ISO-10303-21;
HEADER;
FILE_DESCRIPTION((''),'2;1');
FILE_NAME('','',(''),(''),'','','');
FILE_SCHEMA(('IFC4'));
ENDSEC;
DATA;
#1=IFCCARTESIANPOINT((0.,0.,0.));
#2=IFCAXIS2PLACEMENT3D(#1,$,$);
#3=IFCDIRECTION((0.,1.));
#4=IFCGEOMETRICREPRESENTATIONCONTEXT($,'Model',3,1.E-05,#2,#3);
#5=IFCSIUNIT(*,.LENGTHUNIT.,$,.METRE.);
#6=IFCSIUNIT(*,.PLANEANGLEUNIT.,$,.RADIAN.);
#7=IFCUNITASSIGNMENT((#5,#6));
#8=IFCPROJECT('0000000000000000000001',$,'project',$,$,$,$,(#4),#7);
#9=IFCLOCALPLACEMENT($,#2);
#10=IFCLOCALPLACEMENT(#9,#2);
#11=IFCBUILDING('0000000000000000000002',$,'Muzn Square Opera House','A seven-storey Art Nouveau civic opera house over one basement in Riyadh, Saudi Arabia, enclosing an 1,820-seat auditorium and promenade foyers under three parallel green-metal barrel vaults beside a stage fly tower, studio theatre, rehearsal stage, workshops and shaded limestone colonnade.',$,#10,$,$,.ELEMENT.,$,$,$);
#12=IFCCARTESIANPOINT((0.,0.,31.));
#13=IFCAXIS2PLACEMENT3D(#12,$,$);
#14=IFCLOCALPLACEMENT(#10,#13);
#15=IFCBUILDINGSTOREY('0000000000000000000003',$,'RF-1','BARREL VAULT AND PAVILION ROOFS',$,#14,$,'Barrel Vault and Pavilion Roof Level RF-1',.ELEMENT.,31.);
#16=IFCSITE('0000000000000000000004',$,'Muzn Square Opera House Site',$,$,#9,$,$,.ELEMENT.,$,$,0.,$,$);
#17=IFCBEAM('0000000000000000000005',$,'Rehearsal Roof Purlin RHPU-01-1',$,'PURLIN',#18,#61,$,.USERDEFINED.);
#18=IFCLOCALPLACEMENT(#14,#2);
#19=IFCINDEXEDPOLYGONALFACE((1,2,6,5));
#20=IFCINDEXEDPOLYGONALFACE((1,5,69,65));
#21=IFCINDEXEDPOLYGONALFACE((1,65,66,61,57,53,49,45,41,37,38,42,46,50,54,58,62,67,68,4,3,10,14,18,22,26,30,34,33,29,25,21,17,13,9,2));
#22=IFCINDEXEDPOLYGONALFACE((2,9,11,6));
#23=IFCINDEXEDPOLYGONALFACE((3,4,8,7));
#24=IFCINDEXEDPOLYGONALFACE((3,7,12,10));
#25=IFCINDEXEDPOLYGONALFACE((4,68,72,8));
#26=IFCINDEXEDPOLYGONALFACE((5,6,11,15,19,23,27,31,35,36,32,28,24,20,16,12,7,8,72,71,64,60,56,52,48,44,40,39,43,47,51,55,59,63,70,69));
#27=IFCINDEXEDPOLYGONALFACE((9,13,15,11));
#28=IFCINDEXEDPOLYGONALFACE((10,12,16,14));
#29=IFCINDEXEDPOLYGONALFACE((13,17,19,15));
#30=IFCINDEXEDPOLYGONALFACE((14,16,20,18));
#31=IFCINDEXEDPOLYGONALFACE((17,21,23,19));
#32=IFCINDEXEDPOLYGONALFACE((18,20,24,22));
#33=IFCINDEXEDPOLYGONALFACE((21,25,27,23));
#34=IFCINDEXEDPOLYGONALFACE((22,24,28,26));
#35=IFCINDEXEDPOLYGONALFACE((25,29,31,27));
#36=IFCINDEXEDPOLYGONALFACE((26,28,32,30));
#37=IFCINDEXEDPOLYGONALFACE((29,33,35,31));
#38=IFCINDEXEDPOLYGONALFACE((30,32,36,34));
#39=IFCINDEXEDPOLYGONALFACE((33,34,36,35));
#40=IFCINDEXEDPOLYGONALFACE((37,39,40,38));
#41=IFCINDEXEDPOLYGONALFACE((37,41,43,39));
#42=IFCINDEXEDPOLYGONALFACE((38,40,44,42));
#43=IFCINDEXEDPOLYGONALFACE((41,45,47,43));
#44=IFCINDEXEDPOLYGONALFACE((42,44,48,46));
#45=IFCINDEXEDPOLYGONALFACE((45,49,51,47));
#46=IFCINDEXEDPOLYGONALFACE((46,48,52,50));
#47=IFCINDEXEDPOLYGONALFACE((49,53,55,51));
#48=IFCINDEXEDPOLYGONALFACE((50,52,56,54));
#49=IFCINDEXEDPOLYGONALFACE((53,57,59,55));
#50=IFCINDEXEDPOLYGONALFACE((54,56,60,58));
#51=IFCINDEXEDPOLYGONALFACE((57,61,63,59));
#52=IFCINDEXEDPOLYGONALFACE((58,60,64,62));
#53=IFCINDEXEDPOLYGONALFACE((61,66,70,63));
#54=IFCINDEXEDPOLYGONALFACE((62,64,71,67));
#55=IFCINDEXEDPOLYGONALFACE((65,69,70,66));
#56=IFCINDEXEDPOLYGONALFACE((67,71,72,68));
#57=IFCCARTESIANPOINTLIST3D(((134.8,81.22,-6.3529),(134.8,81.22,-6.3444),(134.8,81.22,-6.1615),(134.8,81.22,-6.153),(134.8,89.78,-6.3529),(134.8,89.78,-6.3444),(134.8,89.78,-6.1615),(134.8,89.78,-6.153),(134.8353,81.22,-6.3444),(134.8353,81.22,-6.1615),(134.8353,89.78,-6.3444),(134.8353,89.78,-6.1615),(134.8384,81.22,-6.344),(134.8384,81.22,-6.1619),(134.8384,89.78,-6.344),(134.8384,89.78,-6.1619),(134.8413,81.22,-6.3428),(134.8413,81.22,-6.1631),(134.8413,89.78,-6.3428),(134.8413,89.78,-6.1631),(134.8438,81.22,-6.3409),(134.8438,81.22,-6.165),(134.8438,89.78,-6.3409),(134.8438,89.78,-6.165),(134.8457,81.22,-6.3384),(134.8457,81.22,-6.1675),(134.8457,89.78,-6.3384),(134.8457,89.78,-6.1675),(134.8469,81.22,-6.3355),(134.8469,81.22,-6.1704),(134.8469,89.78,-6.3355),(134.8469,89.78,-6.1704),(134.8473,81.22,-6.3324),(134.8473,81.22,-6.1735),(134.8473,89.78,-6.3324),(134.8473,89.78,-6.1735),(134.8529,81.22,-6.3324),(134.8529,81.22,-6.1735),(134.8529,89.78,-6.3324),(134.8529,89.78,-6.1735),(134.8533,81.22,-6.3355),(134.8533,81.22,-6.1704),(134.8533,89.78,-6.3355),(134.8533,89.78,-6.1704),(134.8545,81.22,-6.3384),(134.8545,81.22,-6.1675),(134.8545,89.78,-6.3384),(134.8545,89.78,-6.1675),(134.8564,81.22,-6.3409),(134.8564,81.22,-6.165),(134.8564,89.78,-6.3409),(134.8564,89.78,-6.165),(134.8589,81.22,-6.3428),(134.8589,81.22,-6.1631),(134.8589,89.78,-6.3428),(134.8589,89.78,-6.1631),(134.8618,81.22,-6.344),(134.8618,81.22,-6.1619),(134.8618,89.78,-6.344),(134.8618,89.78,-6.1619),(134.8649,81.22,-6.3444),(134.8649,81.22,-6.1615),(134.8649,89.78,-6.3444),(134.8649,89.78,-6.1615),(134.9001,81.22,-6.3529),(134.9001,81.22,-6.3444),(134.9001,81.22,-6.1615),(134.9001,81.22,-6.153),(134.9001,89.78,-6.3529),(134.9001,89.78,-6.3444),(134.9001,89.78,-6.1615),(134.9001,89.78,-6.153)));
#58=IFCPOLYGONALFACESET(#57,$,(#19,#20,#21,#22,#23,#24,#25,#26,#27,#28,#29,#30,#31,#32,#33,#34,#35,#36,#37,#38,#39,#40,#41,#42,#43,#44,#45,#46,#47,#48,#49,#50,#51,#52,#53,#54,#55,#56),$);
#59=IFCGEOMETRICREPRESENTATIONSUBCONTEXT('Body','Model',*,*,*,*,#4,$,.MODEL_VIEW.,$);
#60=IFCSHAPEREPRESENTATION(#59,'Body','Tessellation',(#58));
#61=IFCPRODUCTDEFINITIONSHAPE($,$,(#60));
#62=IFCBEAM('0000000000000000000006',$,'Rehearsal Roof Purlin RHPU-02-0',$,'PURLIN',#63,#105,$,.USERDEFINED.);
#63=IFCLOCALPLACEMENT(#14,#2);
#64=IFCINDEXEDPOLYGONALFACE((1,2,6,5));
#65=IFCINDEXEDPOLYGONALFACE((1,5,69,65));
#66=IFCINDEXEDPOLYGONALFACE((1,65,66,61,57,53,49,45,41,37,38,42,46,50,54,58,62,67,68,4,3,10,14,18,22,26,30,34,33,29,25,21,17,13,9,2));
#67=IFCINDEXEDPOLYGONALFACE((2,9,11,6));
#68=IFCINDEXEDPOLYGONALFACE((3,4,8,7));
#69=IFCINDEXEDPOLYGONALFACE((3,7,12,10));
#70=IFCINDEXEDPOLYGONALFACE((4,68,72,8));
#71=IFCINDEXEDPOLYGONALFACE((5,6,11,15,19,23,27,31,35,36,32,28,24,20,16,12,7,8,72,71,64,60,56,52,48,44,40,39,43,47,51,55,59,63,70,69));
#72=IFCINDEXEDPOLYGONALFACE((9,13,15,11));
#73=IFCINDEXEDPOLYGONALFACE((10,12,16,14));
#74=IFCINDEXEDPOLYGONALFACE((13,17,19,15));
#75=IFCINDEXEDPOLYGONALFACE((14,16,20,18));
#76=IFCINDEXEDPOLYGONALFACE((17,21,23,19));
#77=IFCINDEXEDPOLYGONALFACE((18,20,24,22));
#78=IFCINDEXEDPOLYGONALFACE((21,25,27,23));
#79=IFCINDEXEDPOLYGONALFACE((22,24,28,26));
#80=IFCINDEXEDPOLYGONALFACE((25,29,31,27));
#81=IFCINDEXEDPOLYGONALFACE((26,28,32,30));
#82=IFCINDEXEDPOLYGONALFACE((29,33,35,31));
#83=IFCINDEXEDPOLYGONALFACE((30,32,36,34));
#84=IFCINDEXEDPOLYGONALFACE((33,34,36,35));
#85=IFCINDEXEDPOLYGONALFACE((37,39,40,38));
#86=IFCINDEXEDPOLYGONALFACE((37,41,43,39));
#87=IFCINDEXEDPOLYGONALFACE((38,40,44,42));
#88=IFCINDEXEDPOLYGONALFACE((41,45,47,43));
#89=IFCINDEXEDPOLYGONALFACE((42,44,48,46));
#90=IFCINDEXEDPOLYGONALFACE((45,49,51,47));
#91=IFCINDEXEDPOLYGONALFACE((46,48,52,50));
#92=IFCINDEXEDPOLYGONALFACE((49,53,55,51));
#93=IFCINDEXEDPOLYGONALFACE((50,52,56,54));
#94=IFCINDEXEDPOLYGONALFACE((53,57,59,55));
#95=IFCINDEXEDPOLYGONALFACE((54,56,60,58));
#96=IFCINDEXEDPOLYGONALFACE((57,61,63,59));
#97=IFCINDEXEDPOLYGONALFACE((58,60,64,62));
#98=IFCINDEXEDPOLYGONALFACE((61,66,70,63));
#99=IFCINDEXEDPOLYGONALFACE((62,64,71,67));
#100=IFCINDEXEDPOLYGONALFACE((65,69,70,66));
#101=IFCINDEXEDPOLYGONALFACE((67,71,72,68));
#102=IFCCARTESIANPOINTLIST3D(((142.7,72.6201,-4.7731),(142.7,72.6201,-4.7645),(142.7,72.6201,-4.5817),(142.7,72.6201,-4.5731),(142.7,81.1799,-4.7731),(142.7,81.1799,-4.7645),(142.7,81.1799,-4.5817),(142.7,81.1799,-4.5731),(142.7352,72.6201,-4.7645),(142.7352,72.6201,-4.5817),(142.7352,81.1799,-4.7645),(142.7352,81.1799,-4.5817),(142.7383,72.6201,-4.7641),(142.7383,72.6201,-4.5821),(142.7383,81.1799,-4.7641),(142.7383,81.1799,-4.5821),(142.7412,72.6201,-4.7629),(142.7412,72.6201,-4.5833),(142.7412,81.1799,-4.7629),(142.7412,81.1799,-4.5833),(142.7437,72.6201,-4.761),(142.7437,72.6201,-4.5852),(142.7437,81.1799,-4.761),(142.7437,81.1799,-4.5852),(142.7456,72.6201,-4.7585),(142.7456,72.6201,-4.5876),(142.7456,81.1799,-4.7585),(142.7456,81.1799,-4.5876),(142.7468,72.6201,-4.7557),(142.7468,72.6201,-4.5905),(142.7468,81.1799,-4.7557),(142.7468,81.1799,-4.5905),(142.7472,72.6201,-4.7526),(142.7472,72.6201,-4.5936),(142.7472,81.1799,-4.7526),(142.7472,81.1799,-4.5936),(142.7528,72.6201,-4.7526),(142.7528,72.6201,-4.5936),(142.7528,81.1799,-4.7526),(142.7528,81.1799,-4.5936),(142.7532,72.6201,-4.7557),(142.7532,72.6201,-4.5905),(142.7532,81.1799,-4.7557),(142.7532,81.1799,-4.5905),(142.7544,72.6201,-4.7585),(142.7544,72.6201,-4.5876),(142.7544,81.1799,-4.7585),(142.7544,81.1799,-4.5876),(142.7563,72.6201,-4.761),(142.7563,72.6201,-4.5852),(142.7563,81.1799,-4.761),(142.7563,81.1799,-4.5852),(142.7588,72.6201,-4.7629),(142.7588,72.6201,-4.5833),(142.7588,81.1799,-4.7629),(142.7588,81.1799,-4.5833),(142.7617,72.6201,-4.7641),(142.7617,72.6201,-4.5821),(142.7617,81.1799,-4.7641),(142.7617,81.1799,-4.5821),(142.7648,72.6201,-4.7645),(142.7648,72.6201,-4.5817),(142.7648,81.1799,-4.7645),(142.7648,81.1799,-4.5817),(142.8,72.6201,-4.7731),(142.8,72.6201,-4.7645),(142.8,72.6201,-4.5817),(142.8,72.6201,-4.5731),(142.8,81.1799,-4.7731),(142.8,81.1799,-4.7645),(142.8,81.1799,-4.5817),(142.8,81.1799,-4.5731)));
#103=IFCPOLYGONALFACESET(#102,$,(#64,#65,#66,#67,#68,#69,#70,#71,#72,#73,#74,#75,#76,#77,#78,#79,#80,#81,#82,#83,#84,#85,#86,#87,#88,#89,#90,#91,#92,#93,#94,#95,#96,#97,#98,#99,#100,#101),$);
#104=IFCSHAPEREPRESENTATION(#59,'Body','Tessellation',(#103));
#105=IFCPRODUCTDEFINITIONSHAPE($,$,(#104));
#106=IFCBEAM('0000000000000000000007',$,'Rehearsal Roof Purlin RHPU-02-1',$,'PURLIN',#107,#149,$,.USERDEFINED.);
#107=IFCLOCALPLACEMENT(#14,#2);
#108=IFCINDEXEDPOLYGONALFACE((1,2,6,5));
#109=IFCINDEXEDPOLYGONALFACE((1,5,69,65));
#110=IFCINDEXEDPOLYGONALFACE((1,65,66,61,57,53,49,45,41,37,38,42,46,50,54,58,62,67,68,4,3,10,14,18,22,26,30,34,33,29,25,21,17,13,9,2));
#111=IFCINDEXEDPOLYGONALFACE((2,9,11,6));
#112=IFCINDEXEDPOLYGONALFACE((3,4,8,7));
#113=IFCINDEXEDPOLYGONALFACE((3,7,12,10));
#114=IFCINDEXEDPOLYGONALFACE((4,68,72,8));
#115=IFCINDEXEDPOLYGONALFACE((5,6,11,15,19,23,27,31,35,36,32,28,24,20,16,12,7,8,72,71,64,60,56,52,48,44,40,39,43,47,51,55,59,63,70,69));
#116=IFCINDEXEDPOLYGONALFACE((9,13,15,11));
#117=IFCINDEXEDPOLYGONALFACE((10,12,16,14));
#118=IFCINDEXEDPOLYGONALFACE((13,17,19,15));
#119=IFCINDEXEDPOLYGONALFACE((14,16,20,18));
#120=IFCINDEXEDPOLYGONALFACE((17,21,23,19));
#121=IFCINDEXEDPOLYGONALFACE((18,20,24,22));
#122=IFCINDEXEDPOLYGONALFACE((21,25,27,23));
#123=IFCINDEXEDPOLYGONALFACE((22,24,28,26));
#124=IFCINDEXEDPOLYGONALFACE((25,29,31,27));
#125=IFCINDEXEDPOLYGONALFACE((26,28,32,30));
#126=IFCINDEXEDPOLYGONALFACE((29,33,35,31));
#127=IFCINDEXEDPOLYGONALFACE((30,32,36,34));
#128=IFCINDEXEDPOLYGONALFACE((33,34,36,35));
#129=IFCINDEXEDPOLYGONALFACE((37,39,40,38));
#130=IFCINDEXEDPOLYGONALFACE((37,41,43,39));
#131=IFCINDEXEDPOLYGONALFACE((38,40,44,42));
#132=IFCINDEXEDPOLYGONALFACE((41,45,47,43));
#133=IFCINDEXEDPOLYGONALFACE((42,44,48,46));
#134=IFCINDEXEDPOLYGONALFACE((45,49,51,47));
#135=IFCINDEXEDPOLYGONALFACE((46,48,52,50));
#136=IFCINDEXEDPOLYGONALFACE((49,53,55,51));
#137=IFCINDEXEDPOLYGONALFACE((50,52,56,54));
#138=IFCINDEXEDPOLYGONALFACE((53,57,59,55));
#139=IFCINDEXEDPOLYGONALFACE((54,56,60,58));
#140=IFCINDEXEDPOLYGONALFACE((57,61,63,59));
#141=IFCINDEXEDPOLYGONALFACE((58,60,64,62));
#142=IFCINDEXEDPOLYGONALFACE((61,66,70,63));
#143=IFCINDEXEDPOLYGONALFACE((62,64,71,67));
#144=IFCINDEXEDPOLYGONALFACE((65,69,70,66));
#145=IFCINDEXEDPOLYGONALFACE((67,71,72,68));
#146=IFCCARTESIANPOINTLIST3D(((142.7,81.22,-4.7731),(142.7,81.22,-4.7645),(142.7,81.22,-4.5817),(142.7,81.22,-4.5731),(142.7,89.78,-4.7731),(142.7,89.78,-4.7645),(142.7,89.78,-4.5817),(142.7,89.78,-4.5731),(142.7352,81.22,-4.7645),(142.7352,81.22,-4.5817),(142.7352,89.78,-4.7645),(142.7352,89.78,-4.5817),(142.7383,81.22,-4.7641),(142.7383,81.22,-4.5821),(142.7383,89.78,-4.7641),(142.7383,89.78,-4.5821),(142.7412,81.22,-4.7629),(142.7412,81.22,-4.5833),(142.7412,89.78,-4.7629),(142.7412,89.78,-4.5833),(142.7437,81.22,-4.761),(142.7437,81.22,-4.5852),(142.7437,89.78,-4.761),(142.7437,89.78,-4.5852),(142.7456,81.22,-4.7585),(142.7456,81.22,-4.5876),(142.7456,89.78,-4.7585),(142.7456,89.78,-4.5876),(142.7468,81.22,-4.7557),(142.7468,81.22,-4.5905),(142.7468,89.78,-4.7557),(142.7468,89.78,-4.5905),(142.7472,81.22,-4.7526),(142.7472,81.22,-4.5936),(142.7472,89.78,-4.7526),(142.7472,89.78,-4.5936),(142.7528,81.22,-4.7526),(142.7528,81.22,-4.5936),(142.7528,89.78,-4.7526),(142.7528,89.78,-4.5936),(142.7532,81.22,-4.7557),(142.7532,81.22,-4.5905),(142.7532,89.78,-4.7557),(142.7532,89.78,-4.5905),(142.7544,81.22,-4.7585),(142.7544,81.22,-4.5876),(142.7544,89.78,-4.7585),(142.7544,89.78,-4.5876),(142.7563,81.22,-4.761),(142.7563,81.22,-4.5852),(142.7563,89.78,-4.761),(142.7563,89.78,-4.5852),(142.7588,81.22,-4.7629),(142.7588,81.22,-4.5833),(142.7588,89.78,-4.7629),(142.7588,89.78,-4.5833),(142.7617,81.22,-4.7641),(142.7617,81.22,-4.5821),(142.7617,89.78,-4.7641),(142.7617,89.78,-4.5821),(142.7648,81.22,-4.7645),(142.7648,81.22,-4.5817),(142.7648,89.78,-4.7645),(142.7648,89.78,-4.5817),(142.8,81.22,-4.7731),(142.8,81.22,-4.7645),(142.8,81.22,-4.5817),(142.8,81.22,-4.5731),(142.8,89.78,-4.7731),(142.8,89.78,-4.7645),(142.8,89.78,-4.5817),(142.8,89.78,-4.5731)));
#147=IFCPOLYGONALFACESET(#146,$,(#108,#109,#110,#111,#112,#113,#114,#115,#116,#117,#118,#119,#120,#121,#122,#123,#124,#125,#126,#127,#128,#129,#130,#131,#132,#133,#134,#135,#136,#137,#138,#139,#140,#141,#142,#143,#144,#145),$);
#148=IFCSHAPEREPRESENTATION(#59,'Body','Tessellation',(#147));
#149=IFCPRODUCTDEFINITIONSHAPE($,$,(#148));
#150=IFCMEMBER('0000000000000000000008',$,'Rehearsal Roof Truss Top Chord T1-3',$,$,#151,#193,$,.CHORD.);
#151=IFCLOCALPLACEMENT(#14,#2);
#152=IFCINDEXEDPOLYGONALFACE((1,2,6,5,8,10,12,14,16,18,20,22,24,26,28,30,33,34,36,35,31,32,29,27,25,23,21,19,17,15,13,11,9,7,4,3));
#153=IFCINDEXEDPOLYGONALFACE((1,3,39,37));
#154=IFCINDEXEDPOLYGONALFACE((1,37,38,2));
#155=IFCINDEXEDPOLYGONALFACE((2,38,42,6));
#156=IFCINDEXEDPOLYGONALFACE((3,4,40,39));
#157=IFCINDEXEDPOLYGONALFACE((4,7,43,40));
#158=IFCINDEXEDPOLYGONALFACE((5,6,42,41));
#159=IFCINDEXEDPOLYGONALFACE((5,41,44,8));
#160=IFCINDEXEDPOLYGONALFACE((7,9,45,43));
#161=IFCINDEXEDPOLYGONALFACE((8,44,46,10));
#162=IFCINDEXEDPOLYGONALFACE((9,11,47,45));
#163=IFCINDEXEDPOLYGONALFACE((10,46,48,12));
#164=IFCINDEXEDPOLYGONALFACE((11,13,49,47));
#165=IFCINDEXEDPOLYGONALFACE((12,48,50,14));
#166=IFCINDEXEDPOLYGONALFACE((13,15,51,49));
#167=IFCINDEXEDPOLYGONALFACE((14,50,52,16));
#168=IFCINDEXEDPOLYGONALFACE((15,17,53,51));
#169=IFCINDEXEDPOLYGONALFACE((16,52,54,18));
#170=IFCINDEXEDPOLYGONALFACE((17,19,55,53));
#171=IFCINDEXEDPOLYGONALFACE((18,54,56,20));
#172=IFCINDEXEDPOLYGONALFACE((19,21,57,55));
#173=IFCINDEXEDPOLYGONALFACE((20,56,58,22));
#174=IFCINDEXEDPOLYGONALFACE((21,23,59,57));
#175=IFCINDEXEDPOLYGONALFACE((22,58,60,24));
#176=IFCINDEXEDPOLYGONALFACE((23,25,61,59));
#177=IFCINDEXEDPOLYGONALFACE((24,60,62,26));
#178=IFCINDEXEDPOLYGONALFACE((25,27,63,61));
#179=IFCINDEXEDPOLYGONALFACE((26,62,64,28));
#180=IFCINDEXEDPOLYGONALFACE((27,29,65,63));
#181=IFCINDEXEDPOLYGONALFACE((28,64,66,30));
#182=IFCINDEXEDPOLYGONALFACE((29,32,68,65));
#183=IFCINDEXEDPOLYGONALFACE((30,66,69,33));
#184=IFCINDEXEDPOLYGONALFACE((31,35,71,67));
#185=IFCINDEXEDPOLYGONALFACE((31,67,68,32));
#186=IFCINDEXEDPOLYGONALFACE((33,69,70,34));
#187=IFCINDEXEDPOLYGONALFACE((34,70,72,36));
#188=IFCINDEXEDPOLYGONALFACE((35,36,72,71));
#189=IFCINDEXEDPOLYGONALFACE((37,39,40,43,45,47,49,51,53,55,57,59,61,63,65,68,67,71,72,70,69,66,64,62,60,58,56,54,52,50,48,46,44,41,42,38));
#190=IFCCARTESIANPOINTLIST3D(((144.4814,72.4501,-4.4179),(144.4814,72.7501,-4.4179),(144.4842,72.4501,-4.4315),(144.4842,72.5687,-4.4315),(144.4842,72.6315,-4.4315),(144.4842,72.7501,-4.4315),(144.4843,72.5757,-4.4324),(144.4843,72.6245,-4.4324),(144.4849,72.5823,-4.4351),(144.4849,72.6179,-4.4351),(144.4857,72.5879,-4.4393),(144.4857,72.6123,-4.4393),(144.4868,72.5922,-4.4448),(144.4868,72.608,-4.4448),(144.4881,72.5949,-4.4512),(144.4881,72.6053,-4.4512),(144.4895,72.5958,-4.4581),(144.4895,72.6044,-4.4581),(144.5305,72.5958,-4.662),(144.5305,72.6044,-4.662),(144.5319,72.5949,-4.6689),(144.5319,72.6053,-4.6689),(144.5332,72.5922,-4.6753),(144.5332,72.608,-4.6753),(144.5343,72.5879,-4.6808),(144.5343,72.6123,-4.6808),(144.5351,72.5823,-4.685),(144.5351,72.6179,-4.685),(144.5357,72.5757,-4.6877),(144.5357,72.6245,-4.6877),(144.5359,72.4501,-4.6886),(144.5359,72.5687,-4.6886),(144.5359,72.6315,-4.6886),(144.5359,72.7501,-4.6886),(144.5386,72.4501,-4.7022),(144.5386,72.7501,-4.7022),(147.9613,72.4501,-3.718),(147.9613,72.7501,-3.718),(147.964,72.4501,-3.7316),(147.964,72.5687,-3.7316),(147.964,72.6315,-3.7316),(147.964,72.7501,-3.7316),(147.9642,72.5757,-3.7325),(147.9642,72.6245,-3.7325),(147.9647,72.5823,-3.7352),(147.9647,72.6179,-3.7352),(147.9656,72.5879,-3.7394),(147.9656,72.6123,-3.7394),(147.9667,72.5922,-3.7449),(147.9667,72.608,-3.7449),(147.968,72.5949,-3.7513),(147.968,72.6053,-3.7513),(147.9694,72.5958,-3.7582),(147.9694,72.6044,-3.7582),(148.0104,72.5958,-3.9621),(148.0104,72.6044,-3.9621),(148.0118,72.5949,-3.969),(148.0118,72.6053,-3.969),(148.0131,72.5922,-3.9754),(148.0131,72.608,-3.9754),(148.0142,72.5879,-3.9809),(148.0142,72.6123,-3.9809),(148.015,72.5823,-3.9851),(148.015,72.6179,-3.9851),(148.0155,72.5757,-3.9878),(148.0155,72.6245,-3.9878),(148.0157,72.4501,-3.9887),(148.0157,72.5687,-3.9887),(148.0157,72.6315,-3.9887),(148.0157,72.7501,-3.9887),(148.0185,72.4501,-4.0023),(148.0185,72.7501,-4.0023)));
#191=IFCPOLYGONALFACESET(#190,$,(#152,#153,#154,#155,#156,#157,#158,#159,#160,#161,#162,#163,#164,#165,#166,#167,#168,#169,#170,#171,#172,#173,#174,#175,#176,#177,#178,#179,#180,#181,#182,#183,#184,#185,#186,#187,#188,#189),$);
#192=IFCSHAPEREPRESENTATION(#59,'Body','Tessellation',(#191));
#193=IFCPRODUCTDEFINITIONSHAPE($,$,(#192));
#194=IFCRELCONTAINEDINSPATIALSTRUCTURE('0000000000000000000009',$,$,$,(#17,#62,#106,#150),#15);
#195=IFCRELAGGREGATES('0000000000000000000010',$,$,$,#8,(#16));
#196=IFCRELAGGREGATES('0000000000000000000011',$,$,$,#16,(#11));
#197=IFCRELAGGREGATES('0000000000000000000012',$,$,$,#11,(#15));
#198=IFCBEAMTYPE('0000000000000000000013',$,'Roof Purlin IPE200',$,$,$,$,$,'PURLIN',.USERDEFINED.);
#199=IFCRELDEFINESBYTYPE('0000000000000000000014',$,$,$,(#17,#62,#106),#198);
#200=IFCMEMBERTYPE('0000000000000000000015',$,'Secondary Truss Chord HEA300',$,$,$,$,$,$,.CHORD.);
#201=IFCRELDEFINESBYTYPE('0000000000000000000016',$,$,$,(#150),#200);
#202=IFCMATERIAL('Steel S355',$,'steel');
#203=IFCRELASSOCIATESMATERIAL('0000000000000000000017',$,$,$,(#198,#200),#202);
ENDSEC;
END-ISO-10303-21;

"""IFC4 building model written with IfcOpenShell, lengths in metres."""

from ifc_helpers import new_model, si_unit, direction, frame, origin, origin_2d, place, context, subcontext, project, spatial, i_section, extrude, material, material_profile, profile_set, type_object, element, save


model = new_model("IFC4")

# Units and contexts
model_context = context("Model", 3, precision=1e-05, world=origin(), true_north=direction((0.0, 1.0)))
body_context = subcontext(model_context, "Body", "Model", "MODEL_VIEW")
ifc_project = project(units=[si_unit("LENGTHUNIT", "METRE"), si_unit("PLANEANGLEUNIT", "RADIAN")], contexts=[model_context])

# Site, building, storey
site_placement = place(None, origin())
site = spatial("IfcSite", under=ifc_project, at=site_placement, Name="Muzn Square Opera House Site", CompositionType="ELEMENT", RefElevation=0.0)
building_placement = place(site_placement, origin())
building = spatial("IfcBuilding", under=site, at=building_placement, Name="Muzn Square Opera House", Description="A seven-storey Art Nouveau civic opera house over one basement in Riyadh, Saudi Arabia, enclosing an 1,820-seat auditorium and promenade foyers under three parallel green-metal barrel vaults beside a stage fly tower, studio theatre, rehearsal stage, workshops and shaded limestone colonnade.", CompositionType="ELEMENT")
storey_placement = place(building_placement, frame((0.0, 0.0, 31.0)))
storey = spatial("IfcBuildingStorey", under=building, at=storey_placement, Name="RF-1", Description="BARREL VAULT AND PAVILION ROOFS", LongName="Barrel Vault and Pavilion Roof Level RF-1", CompositionType="ELEMENT", Elevation=31.0)

# Shared definitions
ifc_material = material(Name="Steel S355", Category="steel")

# Beams
ifc_material_profile_1 = material_profile(ifc_material, i_section(OverallWidth=0.1001, OverallDepth=0.2, WebThickness=0.0056, FlangeThickness=0.0085, FilletRadius=0.012, at=origin_2d()), Name="IPE 200", Category="steel")
ifc_profile_set_1 = profile_set([ifc_material_profile_1], Name="Steel S355")
beam_type = type_object("IfcBeamType", Name="Roof Purlin IPE200", ElementType="PURLIN", PredefinedType="USERDEFINED", material=ifc_profile_set_1)
beam_1_placement = place(storey_placement, frame((134.8501, 81.22, -6.2529), z_axis=(0.0, 1.0, 0.0), x_axis=(-1.0, 0.0, 0.0)))
element("IfcBeam", 1, at=beam_1_placement, inside=storey, type_object=beam_type, Name="Rehearsal Roof Purlin RHPU-01-1", ObjectType="PURLIN", PredefinedType="USERDEFINED", context=body_context, shape_type="SweptSolid", body=[
    extrude(i_section(OverallWidth=0.1001, OverallDepth=0.2, WebThickness=0.0056, FlangeThickness=0.0085, FilletRadius=0.012, at=origin_2d()), origin(), (0.0, 0.0, 1.0), 8.5601),
])
beam_2_placement = place(storey_placement, frame((142.75, 72.6201, -4.6731), z_axis=(0.0, 1.0, 0.0), x_axis=(-1.0, 0.0, 0.0)))
element("IfcBeam", 2, at=beam_2_placement, inside=storey, type_object=beam_type, Name="Rehearsal Roof Purlin RHPU-02-0", ObjectType="PURLIN", PredefinedType="USERDEFINED", context=body_context, shape_type="SweptSolid", body=[
    extrude(i_section(OverallWidth=0.1001, OverallDepth=0.2, WebThickness=0.0056, FlangeThickness=0.0085, FilletRadius=0.012, at=origin_2d()), origin(), (0.0, 0.0, 1.0), 8.5598),
])
beam_3_placement = place(storey_placement, frame((142.75, 81.22, -4.6731), z_axis=(0.0, 1.0, 0.0), x_axis=(-1.0, 0.0, 0.0)))
element("IfcBeam", 3, at=beam_3_placement, inside=storey, type_object=beam_type, Name="Rehearsal Roof Purlin RHPU-02-1", ObjectType="PURLIN", PredefinedType="USERDEFINED", context=body_context, shape_type="SweptSolid", body=[
    extrude(i_section(OverallWidth=0.1001, OverallDepth=0.2, WebThickness=0.0056, FlangeThickness=0.0085, FilletRadius=0.012, at=origin_2d()), origin(), (0.0, 0.0, 1.0), 8.5601),
])

# Member
ifc_material_profile_2 = material_profile(ifc_material, i_section(OverallWidth=0.3, OverallDepth=0.29, WebThickness=0.0085, FlangeThickness=0.0139, FilletRadius=0.0271, at=origin_2d()), Name="HEA 300", Category="steel")
ifc_profile_set_2 = profile_set([ifc_material_profile_2], Name="Steel S355")
member_type_1 = type_object("IfcMemberType", Name="Secondary Truss Chord HEA300", PredefinedType="CHORD", material=ifc_profile_set_2)
member_1_placement = place(storey_placement, frame((144.51, 72.6001, -4.5601), z_axis=(0.980366, 0.0, 0.197187), x_axis=(0.0, 1.0, 0.0)))
element("IfcMember", 4, at=member_1_placement, inside=storey, type_object=member_type_1, Name="Rehearsal Roof Truss Top Chord T1-3", PredefinedType="CHORD", context=body_context, shape_type="SweptSolid", body=[
    extrude(i_section(OverallWidth=0.3, OverallDepth=0.29, WebThickness=0.0085, FlangeThickness=0.0139, FilletRadius=0.0271, at=origin_2d()), origin(), (0.0, 0.0, 1.0), 3.5496),
])

save(model, "model.ifc")
